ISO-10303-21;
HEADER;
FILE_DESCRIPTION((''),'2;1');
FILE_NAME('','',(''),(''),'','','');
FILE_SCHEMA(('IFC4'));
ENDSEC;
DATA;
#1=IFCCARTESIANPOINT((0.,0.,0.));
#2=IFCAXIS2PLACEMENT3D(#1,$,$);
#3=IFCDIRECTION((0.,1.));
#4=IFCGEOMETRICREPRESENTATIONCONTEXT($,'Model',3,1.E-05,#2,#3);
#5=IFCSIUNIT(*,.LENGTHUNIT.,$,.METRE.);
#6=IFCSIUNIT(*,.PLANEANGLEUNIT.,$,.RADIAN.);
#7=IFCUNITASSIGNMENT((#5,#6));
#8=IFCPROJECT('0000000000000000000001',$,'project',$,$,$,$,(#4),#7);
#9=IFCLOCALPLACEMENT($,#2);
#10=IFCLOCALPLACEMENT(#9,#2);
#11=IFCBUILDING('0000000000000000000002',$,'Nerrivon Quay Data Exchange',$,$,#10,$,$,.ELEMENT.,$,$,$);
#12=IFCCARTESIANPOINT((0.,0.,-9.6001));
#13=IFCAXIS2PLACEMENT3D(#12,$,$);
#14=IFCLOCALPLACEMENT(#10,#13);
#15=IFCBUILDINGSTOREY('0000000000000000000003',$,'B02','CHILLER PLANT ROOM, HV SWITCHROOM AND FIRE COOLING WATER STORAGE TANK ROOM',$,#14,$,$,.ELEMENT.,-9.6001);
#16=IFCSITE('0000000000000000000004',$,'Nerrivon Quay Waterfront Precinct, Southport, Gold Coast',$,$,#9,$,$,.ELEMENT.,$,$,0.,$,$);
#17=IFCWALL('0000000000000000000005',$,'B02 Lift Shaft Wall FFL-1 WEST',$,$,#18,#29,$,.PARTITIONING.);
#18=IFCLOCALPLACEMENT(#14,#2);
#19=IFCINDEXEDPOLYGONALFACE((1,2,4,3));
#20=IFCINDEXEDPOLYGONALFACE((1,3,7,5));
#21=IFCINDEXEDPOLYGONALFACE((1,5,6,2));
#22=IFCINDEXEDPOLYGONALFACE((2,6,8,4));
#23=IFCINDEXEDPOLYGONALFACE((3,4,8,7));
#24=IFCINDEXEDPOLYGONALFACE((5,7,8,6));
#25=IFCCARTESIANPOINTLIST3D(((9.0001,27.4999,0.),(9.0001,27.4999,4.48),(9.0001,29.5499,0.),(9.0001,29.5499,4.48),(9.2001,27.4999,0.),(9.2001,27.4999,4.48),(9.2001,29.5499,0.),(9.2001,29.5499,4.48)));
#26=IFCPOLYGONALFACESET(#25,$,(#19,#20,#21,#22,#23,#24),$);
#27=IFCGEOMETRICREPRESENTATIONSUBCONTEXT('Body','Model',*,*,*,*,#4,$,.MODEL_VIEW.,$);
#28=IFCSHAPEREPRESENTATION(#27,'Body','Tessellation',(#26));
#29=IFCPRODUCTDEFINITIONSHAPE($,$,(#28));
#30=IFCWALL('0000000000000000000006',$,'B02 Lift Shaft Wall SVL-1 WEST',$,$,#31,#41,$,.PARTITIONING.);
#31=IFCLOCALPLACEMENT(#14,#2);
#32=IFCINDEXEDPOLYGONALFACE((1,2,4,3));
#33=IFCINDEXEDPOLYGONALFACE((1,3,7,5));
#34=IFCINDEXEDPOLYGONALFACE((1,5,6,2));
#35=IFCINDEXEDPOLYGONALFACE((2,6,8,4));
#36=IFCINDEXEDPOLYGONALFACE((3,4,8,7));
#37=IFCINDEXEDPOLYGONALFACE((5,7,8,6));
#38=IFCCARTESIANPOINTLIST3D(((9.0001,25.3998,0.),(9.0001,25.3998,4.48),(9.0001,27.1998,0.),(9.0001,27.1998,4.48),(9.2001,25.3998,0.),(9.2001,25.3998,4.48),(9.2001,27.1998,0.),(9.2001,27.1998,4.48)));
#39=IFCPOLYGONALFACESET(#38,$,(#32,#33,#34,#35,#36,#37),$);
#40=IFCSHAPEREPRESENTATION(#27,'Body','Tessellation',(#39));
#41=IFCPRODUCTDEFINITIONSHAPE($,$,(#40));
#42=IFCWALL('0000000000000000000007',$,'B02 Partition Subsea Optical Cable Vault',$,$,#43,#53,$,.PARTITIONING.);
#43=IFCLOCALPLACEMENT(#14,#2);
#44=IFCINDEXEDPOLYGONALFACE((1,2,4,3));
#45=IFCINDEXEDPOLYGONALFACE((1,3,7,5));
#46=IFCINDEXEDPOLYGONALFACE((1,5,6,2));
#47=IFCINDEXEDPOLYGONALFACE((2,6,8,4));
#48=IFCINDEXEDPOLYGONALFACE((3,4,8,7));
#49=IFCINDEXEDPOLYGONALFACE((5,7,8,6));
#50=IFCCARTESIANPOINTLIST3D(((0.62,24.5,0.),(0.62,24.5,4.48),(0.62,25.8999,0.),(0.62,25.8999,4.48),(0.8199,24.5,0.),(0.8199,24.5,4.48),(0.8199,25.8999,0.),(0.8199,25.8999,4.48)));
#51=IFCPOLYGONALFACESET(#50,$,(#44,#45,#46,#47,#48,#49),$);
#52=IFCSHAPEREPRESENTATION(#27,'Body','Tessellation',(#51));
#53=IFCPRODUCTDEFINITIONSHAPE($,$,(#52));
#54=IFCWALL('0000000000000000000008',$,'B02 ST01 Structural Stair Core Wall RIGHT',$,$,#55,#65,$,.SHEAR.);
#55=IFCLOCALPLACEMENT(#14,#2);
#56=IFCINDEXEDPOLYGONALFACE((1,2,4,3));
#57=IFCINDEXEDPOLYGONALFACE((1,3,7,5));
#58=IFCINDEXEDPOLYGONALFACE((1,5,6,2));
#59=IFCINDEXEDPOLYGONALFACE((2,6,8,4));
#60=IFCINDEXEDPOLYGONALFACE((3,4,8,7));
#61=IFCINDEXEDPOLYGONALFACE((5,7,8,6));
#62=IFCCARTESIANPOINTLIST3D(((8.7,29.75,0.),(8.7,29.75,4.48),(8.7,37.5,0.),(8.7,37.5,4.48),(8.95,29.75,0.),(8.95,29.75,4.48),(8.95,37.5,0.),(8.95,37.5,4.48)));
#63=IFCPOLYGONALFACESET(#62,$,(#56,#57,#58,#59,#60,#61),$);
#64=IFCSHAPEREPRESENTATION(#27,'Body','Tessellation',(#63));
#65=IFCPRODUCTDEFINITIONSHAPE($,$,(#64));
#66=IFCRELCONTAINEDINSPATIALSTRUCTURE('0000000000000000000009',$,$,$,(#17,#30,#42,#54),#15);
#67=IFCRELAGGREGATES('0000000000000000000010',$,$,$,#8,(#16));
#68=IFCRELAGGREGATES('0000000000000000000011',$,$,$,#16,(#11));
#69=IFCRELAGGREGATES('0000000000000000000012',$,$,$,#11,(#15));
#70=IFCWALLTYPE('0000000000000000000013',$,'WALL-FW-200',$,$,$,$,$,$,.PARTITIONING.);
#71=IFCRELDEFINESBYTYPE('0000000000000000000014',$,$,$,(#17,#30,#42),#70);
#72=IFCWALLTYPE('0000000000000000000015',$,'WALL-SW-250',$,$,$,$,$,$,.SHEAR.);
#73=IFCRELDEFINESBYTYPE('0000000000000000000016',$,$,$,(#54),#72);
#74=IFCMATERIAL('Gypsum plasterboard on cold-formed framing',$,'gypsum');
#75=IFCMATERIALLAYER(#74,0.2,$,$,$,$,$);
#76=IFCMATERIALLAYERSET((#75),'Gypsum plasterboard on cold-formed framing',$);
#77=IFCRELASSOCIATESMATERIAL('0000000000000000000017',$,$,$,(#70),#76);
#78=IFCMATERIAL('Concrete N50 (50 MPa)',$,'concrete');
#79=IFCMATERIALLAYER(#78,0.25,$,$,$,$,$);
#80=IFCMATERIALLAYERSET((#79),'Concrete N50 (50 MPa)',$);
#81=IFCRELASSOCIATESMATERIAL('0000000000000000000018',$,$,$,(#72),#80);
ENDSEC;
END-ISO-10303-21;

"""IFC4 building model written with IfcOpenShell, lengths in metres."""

from ifc_helpers import new_model, si_unit, direction, frame, frame_2d, origin, place, context, subcontext, project, spatial, rectangle, extrude, material, layer, layer_set, type_object, element, save


model = new_model("IFC4")

# Units and contexts
model_context = context("Model", 3, precision=1e-05, world=origin(), true_north=direction((0.0, 1.0)))
body_context = subcontext(model_context, "Body", "Model", "MODEL_VIEW")
ifc_project = project(units=[si_unit("LENGTHUNIT", "METRE"), si_unit("PLANEANGLEUNIT", "RADIAN")], contexts=[model_context])

# Site, building, storey
site_placement = place(None, origin())
site = spatial("IfcSite", under=ifc_project, at=site_placement, Name="Nerrivon Quay Waterfront Precinct, Southport, Gold Coast", CompositionType="ELEMENT", RefElevation=0.0)
building_placement = place(site_placement, origin())
building = spatial("IfcBuilding", under=site, at=building_placement, Name="Nerrivon Quay Data Exchange", CompositionType="ELEMENT")
storey_placement = place(building_placement, frame((0.0, 0.0, -9.6001)))
storey = spatial("IfcBuildingStorey", under=building, at=storey_placement, Name="B02", Description="CHILLER PLANT ROOM, HV SWITCHROOM AND FIRE COOLING WATER STORAGE TANK ROOM", CompositionType="ELEMENT", Elevation=-9.6001)

# Shared definitions
ifc_material_1 = material(Name="Concrete N50 (50 MPa)", Category="concrete")

# Walls
ifc_material_2 = material(Name="Gypsum plasterboard on cold-formed framing", Category="gypsum")
ifc_layer_1 = layer(ifc_material_2, 0.2)
ifc_layer_set_1 = layer_set([ifc_layer_1], Name="Gypsum plasterboard on cold-formed framing")
wall_type_1 = type_object("IfcWallType", Name="WALL-FW-200", PredefinedType="PARTITIONING", material=ifc_layer_set_1)
wall_1_placement = place(storey_placement, frame((9.1001, 27.5, 0.0), z_axis=(0.0, 0.0, 1.0), x_axis=(0.0, 1.0, 0.0)))
element("IfcWall", 1, at=wall_1_placement, inside=storey, type_object=wall_type_1, Name="B02 Lift Shaft Wall FFL-1 WEST", PredefinedType="PARTITIONING", context=body_context, shape_type="SweptSolid", body=[
    extrude(rectangle(XDim=2.05, YDim=0.2, at=frame_2d((1.0249, 0.0))), origin(), (0.0, 0.0, 1.0), 4.48),
])
wall_2_placement = place(storey_placement, frame((9.1001, 25.3999, 0.0), z_axis=(0.0, 0.0, 1.0), x_axis=(0.0, 1.0, 0.0)))
element("IfcWall", 2, at=wall_2_placement, inside=storey, type_object=wall_type_1, Name="B02 Lift Shaft Wall SVL-1 WEST", PredefinedType="PARTITIONING", context=body_context, shape_type="SweptSolid", body=[
    extrude(rectangle(XDim=1.8, YDim=0.2, at=frame_2d((0.8999, 0.0))), origin(), (0.0, 0.0, 1.0), 4.48),
])
wall_3_placement = place(storey_placement, frame((0.72, 25.8999, 0.0), z_axis=(0.0, 0.0, 1.0), x_axis=(0.0, -1.0, 0.0)))
element("IfcWall", 3, at=wall_3_placement, inside=storey, type_object=wall_type_1, Name="B02 Partition Subsea Optical Cable Vault", PredefinedType="PARTITIONING", context=body_context, shape_type="SweptSolid", body=[
    extrude(rectangle(XDim=1.3999, YDim=0.2, at=frame_2d((0.7, 0.0))), origin(), (0.0, 0.0, 1.0), 4.48),
])
ifc_layer_2 = layer(ifc_material_1, 0.25)
ifc_layer_set_2 = layer_set([ifc_layer_2], Name="Concrete N50 (50 MPa)")
wall_type_2 = type_object("IfcWallType", Name="WALL-SW-250", PredefinedType="SHEAR", material=ifc_layer_set_2)
wall_4_placement = place(storey_placement, frame((8.825, 29.75, 0.0), z_axis=(0.0, 0.0, 1.0), x_axis=(0.0, 1.0, 0.0)))
element("IfcWall", 4, at=wall_4_placement, inside=storey, type_object=wall_type_2, Name="B02 ST01 Structural Stair Core Wall RIGHT", PredefinedType="SHEAR", context=body_context, shape_type="SweptSolid", body=[
    extrude(rectangle(XDim=7.75, YDim=0.25, at=frame_2d((3.875, 0.0))), origin(), (0.0, 0.0, 1.0), 4.48),
])

save(model, "model.ifc")
